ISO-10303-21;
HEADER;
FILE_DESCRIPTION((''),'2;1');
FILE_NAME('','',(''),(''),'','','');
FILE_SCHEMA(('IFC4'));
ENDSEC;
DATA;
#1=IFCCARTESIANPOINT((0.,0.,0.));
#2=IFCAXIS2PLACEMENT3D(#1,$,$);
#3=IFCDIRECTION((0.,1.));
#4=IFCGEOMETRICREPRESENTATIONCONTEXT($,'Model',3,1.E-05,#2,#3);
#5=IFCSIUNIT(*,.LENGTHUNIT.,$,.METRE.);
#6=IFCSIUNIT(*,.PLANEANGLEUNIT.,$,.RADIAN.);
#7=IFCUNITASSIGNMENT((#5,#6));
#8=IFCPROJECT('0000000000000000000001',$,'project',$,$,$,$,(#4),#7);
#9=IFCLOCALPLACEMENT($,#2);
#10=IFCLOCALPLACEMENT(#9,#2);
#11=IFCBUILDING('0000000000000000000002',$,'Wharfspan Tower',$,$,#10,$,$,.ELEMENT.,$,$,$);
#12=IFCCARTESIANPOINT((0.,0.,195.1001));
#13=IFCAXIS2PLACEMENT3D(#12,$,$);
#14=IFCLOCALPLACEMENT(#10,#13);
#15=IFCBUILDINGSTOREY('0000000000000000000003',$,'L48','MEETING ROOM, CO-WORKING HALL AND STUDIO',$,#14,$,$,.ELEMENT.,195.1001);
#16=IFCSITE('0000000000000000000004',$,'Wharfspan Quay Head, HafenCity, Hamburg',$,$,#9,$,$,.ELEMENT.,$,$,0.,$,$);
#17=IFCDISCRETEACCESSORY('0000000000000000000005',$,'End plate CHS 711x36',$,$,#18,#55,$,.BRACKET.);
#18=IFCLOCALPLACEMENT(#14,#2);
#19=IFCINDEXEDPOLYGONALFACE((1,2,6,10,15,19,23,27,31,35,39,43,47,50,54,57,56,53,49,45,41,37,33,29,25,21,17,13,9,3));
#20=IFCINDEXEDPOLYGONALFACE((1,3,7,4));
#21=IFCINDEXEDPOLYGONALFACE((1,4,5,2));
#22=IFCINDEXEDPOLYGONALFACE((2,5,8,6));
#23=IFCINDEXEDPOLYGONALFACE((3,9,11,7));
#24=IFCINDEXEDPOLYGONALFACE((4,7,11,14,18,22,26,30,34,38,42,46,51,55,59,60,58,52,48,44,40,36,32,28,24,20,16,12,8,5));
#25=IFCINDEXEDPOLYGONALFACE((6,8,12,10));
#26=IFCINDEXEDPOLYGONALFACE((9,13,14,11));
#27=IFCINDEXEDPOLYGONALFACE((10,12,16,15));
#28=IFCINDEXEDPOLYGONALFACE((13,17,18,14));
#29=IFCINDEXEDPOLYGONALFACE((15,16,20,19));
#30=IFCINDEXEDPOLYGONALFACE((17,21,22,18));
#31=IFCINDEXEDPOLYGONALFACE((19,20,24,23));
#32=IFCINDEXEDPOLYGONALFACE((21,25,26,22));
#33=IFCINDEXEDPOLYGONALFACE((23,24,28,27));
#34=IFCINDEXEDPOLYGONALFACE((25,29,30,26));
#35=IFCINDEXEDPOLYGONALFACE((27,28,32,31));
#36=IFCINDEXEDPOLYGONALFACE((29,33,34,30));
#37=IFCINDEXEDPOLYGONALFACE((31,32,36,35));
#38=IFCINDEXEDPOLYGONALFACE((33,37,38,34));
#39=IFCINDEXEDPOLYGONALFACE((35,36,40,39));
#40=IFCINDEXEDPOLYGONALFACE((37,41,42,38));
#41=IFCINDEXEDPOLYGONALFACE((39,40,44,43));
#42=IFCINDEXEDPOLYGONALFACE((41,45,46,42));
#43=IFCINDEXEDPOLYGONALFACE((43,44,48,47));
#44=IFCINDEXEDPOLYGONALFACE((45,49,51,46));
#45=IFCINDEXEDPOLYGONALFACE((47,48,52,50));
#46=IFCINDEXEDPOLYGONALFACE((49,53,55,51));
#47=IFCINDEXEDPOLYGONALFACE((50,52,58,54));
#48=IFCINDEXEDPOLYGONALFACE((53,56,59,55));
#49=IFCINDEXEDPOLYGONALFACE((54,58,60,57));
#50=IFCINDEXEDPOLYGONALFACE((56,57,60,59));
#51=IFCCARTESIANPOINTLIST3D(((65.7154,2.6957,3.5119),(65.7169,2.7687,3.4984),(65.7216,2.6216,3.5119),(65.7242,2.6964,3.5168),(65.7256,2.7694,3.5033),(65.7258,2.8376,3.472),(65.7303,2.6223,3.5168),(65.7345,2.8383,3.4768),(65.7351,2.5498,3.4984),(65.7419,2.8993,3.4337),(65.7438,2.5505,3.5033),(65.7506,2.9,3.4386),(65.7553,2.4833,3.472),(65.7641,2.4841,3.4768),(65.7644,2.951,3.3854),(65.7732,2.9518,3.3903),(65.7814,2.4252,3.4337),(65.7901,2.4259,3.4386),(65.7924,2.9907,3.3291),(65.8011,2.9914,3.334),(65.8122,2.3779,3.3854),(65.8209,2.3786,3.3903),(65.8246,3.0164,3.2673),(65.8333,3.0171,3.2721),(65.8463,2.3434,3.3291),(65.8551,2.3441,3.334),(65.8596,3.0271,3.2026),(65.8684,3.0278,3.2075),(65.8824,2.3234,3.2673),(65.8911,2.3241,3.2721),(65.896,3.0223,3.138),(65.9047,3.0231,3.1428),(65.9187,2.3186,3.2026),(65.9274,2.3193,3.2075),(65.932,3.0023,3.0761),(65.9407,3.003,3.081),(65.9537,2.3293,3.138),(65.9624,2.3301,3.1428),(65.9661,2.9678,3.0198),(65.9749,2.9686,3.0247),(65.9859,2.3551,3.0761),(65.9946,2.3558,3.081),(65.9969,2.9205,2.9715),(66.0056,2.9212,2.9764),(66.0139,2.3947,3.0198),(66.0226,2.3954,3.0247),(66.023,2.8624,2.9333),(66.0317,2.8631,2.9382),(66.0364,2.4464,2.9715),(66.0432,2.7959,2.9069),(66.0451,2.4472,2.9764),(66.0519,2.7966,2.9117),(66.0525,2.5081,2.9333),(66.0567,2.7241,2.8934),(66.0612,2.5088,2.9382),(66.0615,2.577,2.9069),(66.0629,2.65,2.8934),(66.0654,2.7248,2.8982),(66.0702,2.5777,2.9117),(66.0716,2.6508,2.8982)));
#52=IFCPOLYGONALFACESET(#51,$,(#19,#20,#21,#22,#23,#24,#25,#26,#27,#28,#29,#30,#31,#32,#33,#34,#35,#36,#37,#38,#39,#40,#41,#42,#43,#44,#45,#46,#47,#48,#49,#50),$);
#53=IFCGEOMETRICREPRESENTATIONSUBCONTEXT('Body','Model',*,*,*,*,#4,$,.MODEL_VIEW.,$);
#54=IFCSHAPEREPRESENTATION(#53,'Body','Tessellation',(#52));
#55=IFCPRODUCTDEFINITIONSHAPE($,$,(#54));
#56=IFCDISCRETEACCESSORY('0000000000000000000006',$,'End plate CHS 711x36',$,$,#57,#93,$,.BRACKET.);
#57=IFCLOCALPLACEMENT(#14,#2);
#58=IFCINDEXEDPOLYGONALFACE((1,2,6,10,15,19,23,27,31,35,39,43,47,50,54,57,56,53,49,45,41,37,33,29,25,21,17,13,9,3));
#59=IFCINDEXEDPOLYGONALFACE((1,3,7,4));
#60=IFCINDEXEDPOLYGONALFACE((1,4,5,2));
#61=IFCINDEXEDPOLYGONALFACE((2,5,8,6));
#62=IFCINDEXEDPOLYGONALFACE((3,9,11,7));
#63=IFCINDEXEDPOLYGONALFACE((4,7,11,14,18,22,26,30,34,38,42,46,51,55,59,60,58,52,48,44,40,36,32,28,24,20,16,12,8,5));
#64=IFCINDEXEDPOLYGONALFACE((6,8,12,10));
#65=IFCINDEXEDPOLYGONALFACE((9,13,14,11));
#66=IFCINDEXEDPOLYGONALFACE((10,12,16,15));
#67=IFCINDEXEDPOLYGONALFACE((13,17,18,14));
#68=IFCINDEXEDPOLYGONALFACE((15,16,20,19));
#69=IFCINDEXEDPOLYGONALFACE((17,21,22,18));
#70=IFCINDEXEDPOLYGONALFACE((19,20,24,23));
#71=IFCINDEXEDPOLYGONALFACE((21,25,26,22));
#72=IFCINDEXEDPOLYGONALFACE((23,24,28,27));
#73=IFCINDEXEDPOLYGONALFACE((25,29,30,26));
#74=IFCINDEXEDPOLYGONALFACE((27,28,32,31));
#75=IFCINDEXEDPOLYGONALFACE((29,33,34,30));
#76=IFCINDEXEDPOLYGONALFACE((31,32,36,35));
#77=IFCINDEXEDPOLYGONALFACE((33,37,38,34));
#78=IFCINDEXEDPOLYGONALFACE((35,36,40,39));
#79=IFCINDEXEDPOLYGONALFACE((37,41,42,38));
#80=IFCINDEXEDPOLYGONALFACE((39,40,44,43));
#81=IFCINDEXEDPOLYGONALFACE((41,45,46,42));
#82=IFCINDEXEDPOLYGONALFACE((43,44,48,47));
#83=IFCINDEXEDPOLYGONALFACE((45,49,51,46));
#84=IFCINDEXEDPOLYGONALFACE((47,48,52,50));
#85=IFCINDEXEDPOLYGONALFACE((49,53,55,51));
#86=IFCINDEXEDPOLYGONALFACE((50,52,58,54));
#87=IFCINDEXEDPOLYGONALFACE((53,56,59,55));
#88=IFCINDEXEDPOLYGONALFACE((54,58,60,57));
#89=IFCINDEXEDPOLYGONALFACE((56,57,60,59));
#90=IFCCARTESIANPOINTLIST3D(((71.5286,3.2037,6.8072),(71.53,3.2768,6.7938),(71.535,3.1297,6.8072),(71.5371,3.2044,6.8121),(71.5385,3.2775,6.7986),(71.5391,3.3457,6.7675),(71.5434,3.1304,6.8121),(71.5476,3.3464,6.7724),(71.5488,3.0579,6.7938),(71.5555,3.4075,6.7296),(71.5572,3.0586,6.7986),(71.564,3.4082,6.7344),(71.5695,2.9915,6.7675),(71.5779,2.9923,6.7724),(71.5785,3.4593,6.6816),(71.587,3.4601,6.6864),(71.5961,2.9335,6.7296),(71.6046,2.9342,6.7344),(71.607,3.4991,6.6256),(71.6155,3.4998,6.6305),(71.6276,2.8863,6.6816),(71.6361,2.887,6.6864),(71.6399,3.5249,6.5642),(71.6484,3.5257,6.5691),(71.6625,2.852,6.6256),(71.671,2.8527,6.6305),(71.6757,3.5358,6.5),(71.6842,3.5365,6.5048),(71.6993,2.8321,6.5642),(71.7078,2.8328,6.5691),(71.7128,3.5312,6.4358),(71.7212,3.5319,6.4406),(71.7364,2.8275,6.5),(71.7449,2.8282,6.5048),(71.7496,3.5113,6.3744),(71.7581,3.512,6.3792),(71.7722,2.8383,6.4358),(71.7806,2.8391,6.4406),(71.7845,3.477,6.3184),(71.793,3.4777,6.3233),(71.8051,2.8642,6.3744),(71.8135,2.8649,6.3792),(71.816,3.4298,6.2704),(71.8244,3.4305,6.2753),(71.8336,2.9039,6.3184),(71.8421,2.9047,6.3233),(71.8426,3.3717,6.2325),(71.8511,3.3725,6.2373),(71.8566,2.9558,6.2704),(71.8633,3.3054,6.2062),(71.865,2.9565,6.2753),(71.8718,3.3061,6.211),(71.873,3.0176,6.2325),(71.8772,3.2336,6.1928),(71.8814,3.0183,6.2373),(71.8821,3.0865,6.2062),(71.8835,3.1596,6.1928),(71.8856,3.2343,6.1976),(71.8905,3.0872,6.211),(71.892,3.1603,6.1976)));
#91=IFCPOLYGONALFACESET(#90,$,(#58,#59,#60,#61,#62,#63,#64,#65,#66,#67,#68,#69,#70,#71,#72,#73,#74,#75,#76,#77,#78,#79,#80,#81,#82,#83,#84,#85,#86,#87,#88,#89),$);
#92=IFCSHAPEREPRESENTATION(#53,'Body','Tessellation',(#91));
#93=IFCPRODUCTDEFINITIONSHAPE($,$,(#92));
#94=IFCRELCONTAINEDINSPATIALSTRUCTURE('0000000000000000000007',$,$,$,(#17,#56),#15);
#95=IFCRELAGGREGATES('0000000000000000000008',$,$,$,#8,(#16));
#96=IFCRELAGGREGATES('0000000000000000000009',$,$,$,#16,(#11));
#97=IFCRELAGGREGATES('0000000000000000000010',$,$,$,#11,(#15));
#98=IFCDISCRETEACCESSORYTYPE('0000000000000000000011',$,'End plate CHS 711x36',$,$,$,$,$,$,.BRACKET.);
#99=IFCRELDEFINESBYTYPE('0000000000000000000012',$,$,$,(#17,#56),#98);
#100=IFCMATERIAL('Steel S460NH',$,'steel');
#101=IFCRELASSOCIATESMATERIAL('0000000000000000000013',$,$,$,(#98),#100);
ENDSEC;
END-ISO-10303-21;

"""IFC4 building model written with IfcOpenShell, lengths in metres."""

from ifc_helpers import new_model, si_unit, direction, frame, origin, origin_2d, place, context, subcontext, project, spatial, circle, extrude, material, material_profile, profile_set, type_object, element, save


model = new_model("IFC4")

# Units and contexts
model_context = context("Model", 3, precision=1e-05, world=origin(), true_north=direction((0.0, 1.0)))
body_context = subcontext(model_context, "Body", "Model", "MODEL_VIEW")
ifc_project = project(units=[si_unit("LENGTHUNIT", "METRE"), si_unit("PLANEANGLEUNIT", "RADIAN")], contexts=[model_context])

# Site, building, storey
site_placement = place(None, origin())
site = spatial("IfcSite", under=ifc_project, at=site_placement, Name="Wharfspan Quay Head, HafenCity, Hamburg", CompositionType="ELEMENT", RefElevation=0.0)
building_placement = place(site_placement, origin())
building = spatial("IfcBuilding", under=site, at=building_placement, Name="Wharfspan Tower", CompositionType="ELEMENT")
storey_placement = place(building_placement, frame((0.0, 0.0, 195.1001)))
storey = spatial("IfcBuildingStorey", under=building, at=storey_placement, Name="L48", Description="MEETING ROOM, CO-WORKING HALL AND STUDIO", CompositionType="ELEMENT", Elevation=195.1001)

# Shared definitions
ifc_material_1 = material(Name="Steel S460NH", Category="steel")

# Discrete accessories
ifc_material_profile_1 = material_profile(ifc_material_1, circle(Radius=0.3555, at=origin_2d()))
ifc_profile_set_1 = profile_set([ifc_material_profile_1], Name="Steel S460NH")
discrete_accessory_type = type_object("IfcDiscreteAccessoryType", Name="End plate CHS 711x36", PredefinedType="BRACKET", material=ifc_profile_set_1)
discrete_accessory_1_placement = place(storey_placement, frame((65.8892, 2.6729, 3.2026), z_axis=(0.871847, 0.072654, 0.484359), x_axis=(-0.083044, 0.996547, -0.000003)))
element("IfcDiscreteAccessory", 1, at=discrete_accessory_1_placement, inside=storey, type_object=discrete_accessory_type, Name="End plate CHS 711x36", PredefinedType="BRACKET", context=body_context, shape_type="SweptSolid", body=[
    extrude(circle(Radius=0.3555, at=origin_2d()), origin(), (0.0, 0.0, 1.0), 0.01),
])
discrete_accessory_2_placement = place(storey_placement, frame((71.7061, 3.1816, 6.5), z_axis=(0.865849, 0.074216, 0.494771), x_axis=(-0.085402, 0.996345, 0.000001)))
element("IfcDiscreteAccessory", 2, at=discrete_accessory_2_placement, inside=storey, type_object=discrete_accessory_type, Name="End plate CHS 711x36", PredefinedType="BRACKET", context=body_context, shape_type="SweptSolid", body=[
    extrude(circle(Radius=0.3555, at=origin_2d()), origin(), (0.0, 0.0, 1.0), 0.0098),
])

save(model, "model.ifc")
